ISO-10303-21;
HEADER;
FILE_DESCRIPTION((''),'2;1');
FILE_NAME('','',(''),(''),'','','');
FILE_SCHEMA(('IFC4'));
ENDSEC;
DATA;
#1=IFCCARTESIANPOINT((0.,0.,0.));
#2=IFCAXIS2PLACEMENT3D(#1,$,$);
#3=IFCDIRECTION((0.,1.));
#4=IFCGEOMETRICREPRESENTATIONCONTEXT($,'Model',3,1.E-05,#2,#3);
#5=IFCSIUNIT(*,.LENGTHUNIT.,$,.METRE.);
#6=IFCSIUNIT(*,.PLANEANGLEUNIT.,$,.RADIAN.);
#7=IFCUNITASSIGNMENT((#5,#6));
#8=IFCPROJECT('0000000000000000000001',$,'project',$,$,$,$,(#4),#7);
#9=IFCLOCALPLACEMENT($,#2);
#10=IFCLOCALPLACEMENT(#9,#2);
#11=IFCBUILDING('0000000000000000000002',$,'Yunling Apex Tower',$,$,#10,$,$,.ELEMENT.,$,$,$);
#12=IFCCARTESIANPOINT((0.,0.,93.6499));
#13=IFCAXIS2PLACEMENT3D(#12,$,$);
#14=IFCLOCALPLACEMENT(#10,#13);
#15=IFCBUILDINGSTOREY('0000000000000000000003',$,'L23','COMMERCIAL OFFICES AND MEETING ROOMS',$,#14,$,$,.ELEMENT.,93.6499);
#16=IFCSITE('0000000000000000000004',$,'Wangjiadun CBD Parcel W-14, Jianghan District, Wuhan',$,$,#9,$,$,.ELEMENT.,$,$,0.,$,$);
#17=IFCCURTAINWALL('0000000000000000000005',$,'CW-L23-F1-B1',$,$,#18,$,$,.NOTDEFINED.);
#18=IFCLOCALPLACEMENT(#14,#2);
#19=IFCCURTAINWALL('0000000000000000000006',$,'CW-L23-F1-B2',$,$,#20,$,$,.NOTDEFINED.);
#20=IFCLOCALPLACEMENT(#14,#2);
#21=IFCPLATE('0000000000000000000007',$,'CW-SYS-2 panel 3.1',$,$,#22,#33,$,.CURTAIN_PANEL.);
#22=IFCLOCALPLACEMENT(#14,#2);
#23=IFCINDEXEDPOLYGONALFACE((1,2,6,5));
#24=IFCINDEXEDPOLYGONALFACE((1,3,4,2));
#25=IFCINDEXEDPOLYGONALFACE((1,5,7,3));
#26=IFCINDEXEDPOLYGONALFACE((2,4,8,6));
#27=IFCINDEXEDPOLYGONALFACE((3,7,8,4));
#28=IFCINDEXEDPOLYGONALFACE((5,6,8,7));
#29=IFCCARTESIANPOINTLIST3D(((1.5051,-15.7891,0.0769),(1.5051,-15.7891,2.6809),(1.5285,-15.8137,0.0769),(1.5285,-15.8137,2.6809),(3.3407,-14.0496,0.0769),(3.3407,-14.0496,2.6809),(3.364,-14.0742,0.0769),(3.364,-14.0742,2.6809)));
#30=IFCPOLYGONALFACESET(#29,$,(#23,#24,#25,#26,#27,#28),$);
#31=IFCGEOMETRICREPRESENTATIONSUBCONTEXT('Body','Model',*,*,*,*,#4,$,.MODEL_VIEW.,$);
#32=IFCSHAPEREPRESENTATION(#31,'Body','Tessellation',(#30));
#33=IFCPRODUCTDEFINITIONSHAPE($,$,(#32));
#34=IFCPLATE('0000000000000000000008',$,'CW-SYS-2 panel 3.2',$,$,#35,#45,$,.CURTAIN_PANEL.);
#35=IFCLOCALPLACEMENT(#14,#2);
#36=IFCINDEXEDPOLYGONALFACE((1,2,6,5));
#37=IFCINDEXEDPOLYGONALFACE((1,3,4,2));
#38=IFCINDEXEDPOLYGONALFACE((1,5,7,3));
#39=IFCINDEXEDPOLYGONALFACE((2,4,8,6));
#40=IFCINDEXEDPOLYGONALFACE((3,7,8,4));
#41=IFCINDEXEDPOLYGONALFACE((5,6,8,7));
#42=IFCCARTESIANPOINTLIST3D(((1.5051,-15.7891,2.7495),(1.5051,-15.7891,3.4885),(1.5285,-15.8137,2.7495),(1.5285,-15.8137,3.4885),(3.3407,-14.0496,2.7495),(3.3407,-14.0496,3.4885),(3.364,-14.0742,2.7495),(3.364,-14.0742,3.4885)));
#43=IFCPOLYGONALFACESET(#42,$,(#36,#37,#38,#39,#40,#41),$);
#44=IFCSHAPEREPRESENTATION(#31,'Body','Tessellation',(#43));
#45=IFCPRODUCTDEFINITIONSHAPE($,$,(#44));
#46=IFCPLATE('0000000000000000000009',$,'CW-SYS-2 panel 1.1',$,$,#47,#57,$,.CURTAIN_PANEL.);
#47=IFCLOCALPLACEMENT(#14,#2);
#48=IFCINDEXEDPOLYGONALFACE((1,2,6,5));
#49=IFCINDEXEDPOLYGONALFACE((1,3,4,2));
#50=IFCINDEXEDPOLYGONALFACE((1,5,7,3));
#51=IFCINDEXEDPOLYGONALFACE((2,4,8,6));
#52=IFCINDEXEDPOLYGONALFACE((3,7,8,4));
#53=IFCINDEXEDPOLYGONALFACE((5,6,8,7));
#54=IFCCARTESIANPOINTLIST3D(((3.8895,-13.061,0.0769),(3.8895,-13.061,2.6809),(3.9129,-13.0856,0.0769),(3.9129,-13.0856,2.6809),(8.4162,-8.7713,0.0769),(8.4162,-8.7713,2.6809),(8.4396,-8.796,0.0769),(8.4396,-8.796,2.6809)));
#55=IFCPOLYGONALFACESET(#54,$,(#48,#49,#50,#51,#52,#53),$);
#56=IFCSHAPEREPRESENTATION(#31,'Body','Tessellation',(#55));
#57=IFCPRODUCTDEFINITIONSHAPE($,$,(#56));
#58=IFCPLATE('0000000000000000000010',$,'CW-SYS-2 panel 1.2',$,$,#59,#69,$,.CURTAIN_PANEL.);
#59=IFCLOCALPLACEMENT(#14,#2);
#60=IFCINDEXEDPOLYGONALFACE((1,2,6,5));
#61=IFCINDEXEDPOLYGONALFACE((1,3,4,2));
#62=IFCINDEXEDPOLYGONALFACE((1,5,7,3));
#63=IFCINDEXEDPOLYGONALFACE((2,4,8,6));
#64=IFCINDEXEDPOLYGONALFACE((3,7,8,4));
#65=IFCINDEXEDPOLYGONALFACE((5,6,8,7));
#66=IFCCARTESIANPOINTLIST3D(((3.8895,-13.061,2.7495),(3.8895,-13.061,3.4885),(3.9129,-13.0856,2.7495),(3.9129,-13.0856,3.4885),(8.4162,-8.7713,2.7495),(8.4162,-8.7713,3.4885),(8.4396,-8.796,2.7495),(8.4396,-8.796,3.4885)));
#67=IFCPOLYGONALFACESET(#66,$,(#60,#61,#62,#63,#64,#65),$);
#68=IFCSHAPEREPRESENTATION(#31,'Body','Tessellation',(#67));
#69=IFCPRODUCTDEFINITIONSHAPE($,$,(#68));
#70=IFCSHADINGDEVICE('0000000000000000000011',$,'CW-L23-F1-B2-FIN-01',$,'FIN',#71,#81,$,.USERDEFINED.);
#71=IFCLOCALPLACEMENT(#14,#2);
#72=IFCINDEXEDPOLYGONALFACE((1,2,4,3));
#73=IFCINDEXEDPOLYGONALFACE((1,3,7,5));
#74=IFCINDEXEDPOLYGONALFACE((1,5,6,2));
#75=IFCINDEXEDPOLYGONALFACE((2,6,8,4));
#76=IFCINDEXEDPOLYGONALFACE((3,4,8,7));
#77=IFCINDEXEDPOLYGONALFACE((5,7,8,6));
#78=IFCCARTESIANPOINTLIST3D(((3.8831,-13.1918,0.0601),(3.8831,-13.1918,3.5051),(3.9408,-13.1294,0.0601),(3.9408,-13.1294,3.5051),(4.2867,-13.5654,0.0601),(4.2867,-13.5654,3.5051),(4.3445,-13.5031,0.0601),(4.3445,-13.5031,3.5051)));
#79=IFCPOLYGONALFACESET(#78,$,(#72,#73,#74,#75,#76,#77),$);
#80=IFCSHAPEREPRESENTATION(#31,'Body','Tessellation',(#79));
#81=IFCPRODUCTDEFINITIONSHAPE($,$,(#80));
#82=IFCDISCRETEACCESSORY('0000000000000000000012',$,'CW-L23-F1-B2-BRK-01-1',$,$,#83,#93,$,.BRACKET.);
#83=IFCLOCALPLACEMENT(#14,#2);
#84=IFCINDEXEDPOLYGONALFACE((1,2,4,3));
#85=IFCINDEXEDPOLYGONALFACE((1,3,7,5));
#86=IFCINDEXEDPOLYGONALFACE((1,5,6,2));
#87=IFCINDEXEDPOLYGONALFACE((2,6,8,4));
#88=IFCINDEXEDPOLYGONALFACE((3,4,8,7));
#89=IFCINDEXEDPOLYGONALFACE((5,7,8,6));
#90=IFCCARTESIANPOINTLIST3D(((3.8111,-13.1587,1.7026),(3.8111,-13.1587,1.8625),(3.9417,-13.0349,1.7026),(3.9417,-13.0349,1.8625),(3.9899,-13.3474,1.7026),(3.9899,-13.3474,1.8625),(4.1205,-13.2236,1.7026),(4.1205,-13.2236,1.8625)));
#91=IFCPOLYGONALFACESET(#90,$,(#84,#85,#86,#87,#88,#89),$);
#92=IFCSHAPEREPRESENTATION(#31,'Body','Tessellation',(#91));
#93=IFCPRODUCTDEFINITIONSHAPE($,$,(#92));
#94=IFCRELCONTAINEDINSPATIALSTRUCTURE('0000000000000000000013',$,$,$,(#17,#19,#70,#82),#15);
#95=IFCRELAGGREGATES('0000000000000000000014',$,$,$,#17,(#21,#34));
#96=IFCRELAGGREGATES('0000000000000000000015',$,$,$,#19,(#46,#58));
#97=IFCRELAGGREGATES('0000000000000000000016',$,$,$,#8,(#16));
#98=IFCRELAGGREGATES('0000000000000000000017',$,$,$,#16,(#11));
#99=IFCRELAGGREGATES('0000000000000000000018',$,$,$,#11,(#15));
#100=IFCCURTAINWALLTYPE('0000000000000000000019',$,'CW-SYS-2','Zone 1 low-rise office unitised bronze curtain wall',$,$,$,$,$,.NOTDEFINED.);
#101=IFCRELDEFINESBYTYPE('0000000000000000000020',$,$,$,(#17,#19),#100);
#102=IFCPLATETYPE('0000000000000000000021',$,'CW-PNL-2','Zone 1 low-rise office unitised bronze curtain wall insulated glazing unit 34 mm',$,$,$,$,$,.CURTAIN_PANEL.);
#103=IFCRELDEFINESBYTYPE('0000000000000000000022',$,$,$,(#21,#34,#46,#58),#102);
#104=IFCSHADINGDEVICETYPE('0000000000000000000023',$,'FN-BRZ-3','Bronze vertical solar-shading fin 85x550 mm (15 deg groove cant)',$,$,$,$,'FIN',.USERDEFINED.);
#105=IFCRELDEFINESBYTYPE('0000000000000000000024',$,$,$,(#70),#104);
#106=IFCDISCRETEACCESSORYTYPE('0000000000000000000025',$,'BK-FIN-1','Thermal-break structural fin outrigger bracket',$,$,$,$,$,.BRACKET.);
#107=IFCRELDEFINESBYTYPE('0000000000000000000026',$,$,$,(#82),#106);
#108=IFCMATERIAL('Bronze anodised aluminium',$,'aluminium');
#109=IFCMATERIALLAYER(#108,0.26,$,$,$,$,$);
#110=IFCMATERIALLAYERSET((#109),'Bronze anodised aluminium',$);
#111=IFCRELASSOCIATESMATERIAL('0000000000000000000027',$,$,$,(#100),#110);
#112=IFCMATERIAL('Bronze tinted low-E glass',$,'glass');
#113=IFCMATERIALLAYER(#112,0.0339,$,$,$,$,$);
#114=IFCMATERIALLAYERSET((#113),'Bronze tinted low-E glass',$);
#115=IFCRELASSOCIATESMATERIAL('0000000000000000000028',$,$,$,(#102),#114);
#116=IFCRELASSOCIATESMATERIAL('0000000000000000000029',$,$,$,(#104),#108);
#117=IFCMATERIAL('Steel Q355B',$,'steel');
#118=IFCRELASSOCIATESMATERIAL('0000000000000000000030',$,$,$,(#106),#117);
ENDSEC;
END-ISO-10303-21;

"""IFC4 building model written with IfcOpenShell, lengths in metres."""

from ifc_helpers import new_model, si_unit, direction, frame, origin, origin_2d, place, context, subcontext, project, spatial, rectangle, extrude, source, transform, mapped, material, layer, layer_set, material_profile, profile_set, type_object, element, aggregate, save


model = new_model("IFC4")

# Units and contexts
model_context = context("Model", 3, precision=1e-05, world=origin(), true_north=direction((0.0, 1.0)))
body_context = subcontext(model_context, "Body", "Model", "MODEL_VIEW")
ifc_project = project(units=[si_unit("LENGTHUNIT", "METRE"), si_unit("PLANEANGLEUNIT", "RADIAN")], contexts=[model_context])

# Site, building, storey
site_placement = place(None, origin())
site = spatial("IfcSite", under=ifc_project, at=site_placement, Name="Wangjiadun CBD Parcel W-14, Jianghan District, Wuhan", CompositionType="ELEMENT", RefElevation=0.0)
building_placement = place(site_placement, origin())
building = spatial("IfcBuilding", under=site, at=building_placement, Name="Yunling Apex Tower", CompositionType="ELEMENT")
storey_placement = place(building_placement, frame((0.0, 0.0, 93.6499)))
storey = spatial("IfcBuildingStorey", under=building, at=storey_placement, Name="L23", Description="COMMERCIAL OFFICES AND MEETING ROOMS", CompositionType="ELEMENT", Elevation=93.6499)

# Shared definitions
ifc_material_1 = material(Name="Steel Q355B", Category="steel")

# Curtain walls
ifc_material_2 = material(Name="Bronze anodised aluminium", Category="aluminium")
ifc_layer_1 = layer(ifc_material_2, 0.26)
ifc_layer_set_1 = layer_set([ifc_layer_1], Name="Bronze anodised aluminium")
curtain_wall_type = type_object("IfcCurtainWallType", Name="CW-SYS-2", Description="Zone 1 low-rise office unitised bronze curtain wall", PredefinedType="NOTDEFINED", material=ifc_layer_set_1)
curtain_wall_1_placement = place(storey_placement, origin())
curtain_wall_1 = element("IfcCurtainWall", 1, at=curtain_wall_1_placement, inside=storey, type_object=curtain_wall_type, Name="CW-L23-F1-B1", PredefinedType="NOTDEFINED")
curtain_wall_2_placement = place(storey_placement, origin())
curtain_wall_2 = element("IfcCurtainWall", 2, at=curtain_wall_2_placement, inside=storey, type_object=curtain_wall_type, Name="CW-L23-F1-B2", PredefinedType="NOTDEFINED")

# Plates
ifc_material_3 = material(Name="Bronze tinted low-E glass", Category="glass")
ifc_layer_2 = layer(ifc_material_3, 0.0339)
ifc_layer_set_2 = layer_set([ifc_layer_2], Name="Bronze tinted low-E glass")
plate_type = type_object("IfcPlateType", Name="CW-PNL-2", Description="Zone 1 low-rise office unitised bronze curtain wall insulated glazing unit 34 mm", PredefinedType="CURTAIN_PANEL", material=ifc_layer_set_2)
shared_shape_1 = source(origin(), body_context, "Body", "SweptSolid", [
    extrude(rectangle(XDim=2.5288, YDim=0.0339, at=origin_2d()), origin(), (0.0, 0.0, 1.0), 2.604),
])
plate_1_placement = place(storey_placement, frame((2.4346, -14.9316, 0.0769), z_axis=(0.0, 0.0, 1.0), x_axis=(0.725842, 0.687861, 0.0)))
plate_1 = element("IfcPlate", 3, at=plate_1_placement, type_object=plate_type, Name="CW-SYS-2 panel 3.1", PredefinedType="CURTAIN_PANEL", context=body_context, shape_type="MappedRepresentation", body=[
    mapped(shared_shape_1, transform((0.0, 0.0, 0.0), scale=1.0)),
])
shared_shape_2 = source(origin(), body_context, "Body", "SweptSolid", [
    extrude(rectangle(XDim=2.5288, YDim=0.0339, at=origin_2d()), origin(), (0.0, 0.0, 1.0), 0.739),
])
plate_2_placement = place(storey_placement, frame((2.4346, -14.9316, 2.7495), z_axis=(0.0, 0.0, 1.0), x_axis=(0.725842, 0.687861, 0.0)))
plate_2 = element("IfcPlate", 4, at=plate_2_placement, type_object=plate_type, Name="CW-SYS-2 panel 3.2", PredefinedType="CURTAIN_PANEL", context=body_context, shape_type="MappedRepresentation", body=[
    mapped(shared_shape_2, transform((0.0, 0.0, 0.0), scale=1.0)),
])
aggregate(curtain_wall_1, [plate_1, plate_2])
shared_shape_3 = source(origin(), body_context, "Body", "SweptSolid", [
    extrude(rectangle(XDim=6.2363, YDim=0.0339, at=origin_2d()), origin(), (0.0, 0.0, 1.0), 2.604),
])
plate_3_placement = place(storey_placement, frame((6.1646, -10.9285, 0.0769), z_axis=(0.0, 0.0, 1.0), x_axis=(0.725858, 0.687844, 0.0)))
plate_3 = element("IfcPlate", 5, at=plate_3_placement, type_object=plate_type, Name="CW-SYS-2 panel 1.1", PredefinedType="CURTAIN_PANEL", context=body_context, shape_type="MappedRepresentation", body=[
    mapped(shared_shape_3, transform((0.0, 0.0, 0.0), scale=1.0)),
])
shared_shape_4 = source(origin(), body_context, "Body", "SweptSolid", [
    extrude(rectangle(XDim=6.2363, YDim=0.0339, at=origin_2d()), origin(), (0.0, 0.0, 1.0), 0.739),
])
plate_4_placement = place(storey_placement, frame((6.1646, -10.9285, 2.7495), z_axis=(0.0, 0.0, 1.0), x_axis=(0.725858, 0.687844, 0.0)))
plate_4 = element("IfcPlate", 6, at=plate_4_placement, type_object=plate_type, Name="CW-SYS-2 panel 1.2", PredefinedType="CURTAIN_PANEL", context=body_context, shape_type="MappedRepresentation", body=[
    mapped(shared_shape_4, transform((0.0, 0.0, 0.0), scale=1.0)),
])
aggregate(curtain_wall_2, [plate_3, plate_4])

# Shading device
ifc_material_profile_1 = material_profile(ifc_material_2, rectangle(XDim=0.085, YDim=0.55, at=origin_2d()))
ifc_profile_set_1 = profile_set([ifc_material_profile_1], Name="Bronze anodised aluminium")
shading_device_type = type_object("IfcShadingDeviceType", Name="FN-BRZ-3", Description="Bronze vertical solar-shading fin 85x550 mm (15 deg groove cant)", ElementType="FIN", PredefinedType="USERDEFINED", material=ifc_profile_set_1)
shared_shape_5 = source(origin(), body_context, "Body", "SweptSolid", [
    extrude(rectangle(XDim=0.085, YDim=0.55, at=origin_2d()), origin(), (0.0, 0.0, 1.0), 3.4451),
])
shading_device_placement = place(storey_placement, frame((4.1138, -13.3474, 0.0601), z_axis=(0.0, 0.0, 1.0), x_axis=(0.679313, 0.733848, 0.0)))
element("IfcShadingDevice", 7, at=shading_device_placement, inside=storey, type_object=shading_device_type, Name="CW-L23-F1-B2-FIN-01", ObjectType="FIN", PredefinedType="USERDEFINED", context=body_context, shape_type="MappedRepresentation", body=[
    mapped(shared_shape_5, transform((0.0, 0.0, 0.0), scale=1.0)),
])

# Discrete accessory
discrete_accessory_type = type_object("IfcDiscreteAccessoryType", Name="BK-FIN-1", Description="Thermal-break structural fin outrigger bracket", PredefinedType="BRACKET", material=ifc_material_1)
shared_shape_6 = source(origin(), body_context, "Body", "SweptSolid", [
    extrude(rectangle(XDim=0.1799, YDim=0.26, at=origin_2d()), origin(), (0.0, 0.0, 1.0), 0.1599),
])
discrete_accessory_placement = place(storey_placement, frame((3.9658, -13.1912, 1.7026), z_axis=(0.0, 0.0, 1.0), x_axis=(0.725855, 0.687848, 0.0)))
element("IfcDiscreteAccessory", 8, at=discrete_accessory_placement, inside=storey, type_object=discrete_accessory_type, Name="CW-L23-F1-B2-BRK-01-1", PredefinedType="BRACKET", context=body_context, shape_type="MappedRepresentation", body=[
    mapped(shared_shape_6, transform((0.0, 0.0, 0.0), scale=1.0)),
])

save(model, "model.ifc")
